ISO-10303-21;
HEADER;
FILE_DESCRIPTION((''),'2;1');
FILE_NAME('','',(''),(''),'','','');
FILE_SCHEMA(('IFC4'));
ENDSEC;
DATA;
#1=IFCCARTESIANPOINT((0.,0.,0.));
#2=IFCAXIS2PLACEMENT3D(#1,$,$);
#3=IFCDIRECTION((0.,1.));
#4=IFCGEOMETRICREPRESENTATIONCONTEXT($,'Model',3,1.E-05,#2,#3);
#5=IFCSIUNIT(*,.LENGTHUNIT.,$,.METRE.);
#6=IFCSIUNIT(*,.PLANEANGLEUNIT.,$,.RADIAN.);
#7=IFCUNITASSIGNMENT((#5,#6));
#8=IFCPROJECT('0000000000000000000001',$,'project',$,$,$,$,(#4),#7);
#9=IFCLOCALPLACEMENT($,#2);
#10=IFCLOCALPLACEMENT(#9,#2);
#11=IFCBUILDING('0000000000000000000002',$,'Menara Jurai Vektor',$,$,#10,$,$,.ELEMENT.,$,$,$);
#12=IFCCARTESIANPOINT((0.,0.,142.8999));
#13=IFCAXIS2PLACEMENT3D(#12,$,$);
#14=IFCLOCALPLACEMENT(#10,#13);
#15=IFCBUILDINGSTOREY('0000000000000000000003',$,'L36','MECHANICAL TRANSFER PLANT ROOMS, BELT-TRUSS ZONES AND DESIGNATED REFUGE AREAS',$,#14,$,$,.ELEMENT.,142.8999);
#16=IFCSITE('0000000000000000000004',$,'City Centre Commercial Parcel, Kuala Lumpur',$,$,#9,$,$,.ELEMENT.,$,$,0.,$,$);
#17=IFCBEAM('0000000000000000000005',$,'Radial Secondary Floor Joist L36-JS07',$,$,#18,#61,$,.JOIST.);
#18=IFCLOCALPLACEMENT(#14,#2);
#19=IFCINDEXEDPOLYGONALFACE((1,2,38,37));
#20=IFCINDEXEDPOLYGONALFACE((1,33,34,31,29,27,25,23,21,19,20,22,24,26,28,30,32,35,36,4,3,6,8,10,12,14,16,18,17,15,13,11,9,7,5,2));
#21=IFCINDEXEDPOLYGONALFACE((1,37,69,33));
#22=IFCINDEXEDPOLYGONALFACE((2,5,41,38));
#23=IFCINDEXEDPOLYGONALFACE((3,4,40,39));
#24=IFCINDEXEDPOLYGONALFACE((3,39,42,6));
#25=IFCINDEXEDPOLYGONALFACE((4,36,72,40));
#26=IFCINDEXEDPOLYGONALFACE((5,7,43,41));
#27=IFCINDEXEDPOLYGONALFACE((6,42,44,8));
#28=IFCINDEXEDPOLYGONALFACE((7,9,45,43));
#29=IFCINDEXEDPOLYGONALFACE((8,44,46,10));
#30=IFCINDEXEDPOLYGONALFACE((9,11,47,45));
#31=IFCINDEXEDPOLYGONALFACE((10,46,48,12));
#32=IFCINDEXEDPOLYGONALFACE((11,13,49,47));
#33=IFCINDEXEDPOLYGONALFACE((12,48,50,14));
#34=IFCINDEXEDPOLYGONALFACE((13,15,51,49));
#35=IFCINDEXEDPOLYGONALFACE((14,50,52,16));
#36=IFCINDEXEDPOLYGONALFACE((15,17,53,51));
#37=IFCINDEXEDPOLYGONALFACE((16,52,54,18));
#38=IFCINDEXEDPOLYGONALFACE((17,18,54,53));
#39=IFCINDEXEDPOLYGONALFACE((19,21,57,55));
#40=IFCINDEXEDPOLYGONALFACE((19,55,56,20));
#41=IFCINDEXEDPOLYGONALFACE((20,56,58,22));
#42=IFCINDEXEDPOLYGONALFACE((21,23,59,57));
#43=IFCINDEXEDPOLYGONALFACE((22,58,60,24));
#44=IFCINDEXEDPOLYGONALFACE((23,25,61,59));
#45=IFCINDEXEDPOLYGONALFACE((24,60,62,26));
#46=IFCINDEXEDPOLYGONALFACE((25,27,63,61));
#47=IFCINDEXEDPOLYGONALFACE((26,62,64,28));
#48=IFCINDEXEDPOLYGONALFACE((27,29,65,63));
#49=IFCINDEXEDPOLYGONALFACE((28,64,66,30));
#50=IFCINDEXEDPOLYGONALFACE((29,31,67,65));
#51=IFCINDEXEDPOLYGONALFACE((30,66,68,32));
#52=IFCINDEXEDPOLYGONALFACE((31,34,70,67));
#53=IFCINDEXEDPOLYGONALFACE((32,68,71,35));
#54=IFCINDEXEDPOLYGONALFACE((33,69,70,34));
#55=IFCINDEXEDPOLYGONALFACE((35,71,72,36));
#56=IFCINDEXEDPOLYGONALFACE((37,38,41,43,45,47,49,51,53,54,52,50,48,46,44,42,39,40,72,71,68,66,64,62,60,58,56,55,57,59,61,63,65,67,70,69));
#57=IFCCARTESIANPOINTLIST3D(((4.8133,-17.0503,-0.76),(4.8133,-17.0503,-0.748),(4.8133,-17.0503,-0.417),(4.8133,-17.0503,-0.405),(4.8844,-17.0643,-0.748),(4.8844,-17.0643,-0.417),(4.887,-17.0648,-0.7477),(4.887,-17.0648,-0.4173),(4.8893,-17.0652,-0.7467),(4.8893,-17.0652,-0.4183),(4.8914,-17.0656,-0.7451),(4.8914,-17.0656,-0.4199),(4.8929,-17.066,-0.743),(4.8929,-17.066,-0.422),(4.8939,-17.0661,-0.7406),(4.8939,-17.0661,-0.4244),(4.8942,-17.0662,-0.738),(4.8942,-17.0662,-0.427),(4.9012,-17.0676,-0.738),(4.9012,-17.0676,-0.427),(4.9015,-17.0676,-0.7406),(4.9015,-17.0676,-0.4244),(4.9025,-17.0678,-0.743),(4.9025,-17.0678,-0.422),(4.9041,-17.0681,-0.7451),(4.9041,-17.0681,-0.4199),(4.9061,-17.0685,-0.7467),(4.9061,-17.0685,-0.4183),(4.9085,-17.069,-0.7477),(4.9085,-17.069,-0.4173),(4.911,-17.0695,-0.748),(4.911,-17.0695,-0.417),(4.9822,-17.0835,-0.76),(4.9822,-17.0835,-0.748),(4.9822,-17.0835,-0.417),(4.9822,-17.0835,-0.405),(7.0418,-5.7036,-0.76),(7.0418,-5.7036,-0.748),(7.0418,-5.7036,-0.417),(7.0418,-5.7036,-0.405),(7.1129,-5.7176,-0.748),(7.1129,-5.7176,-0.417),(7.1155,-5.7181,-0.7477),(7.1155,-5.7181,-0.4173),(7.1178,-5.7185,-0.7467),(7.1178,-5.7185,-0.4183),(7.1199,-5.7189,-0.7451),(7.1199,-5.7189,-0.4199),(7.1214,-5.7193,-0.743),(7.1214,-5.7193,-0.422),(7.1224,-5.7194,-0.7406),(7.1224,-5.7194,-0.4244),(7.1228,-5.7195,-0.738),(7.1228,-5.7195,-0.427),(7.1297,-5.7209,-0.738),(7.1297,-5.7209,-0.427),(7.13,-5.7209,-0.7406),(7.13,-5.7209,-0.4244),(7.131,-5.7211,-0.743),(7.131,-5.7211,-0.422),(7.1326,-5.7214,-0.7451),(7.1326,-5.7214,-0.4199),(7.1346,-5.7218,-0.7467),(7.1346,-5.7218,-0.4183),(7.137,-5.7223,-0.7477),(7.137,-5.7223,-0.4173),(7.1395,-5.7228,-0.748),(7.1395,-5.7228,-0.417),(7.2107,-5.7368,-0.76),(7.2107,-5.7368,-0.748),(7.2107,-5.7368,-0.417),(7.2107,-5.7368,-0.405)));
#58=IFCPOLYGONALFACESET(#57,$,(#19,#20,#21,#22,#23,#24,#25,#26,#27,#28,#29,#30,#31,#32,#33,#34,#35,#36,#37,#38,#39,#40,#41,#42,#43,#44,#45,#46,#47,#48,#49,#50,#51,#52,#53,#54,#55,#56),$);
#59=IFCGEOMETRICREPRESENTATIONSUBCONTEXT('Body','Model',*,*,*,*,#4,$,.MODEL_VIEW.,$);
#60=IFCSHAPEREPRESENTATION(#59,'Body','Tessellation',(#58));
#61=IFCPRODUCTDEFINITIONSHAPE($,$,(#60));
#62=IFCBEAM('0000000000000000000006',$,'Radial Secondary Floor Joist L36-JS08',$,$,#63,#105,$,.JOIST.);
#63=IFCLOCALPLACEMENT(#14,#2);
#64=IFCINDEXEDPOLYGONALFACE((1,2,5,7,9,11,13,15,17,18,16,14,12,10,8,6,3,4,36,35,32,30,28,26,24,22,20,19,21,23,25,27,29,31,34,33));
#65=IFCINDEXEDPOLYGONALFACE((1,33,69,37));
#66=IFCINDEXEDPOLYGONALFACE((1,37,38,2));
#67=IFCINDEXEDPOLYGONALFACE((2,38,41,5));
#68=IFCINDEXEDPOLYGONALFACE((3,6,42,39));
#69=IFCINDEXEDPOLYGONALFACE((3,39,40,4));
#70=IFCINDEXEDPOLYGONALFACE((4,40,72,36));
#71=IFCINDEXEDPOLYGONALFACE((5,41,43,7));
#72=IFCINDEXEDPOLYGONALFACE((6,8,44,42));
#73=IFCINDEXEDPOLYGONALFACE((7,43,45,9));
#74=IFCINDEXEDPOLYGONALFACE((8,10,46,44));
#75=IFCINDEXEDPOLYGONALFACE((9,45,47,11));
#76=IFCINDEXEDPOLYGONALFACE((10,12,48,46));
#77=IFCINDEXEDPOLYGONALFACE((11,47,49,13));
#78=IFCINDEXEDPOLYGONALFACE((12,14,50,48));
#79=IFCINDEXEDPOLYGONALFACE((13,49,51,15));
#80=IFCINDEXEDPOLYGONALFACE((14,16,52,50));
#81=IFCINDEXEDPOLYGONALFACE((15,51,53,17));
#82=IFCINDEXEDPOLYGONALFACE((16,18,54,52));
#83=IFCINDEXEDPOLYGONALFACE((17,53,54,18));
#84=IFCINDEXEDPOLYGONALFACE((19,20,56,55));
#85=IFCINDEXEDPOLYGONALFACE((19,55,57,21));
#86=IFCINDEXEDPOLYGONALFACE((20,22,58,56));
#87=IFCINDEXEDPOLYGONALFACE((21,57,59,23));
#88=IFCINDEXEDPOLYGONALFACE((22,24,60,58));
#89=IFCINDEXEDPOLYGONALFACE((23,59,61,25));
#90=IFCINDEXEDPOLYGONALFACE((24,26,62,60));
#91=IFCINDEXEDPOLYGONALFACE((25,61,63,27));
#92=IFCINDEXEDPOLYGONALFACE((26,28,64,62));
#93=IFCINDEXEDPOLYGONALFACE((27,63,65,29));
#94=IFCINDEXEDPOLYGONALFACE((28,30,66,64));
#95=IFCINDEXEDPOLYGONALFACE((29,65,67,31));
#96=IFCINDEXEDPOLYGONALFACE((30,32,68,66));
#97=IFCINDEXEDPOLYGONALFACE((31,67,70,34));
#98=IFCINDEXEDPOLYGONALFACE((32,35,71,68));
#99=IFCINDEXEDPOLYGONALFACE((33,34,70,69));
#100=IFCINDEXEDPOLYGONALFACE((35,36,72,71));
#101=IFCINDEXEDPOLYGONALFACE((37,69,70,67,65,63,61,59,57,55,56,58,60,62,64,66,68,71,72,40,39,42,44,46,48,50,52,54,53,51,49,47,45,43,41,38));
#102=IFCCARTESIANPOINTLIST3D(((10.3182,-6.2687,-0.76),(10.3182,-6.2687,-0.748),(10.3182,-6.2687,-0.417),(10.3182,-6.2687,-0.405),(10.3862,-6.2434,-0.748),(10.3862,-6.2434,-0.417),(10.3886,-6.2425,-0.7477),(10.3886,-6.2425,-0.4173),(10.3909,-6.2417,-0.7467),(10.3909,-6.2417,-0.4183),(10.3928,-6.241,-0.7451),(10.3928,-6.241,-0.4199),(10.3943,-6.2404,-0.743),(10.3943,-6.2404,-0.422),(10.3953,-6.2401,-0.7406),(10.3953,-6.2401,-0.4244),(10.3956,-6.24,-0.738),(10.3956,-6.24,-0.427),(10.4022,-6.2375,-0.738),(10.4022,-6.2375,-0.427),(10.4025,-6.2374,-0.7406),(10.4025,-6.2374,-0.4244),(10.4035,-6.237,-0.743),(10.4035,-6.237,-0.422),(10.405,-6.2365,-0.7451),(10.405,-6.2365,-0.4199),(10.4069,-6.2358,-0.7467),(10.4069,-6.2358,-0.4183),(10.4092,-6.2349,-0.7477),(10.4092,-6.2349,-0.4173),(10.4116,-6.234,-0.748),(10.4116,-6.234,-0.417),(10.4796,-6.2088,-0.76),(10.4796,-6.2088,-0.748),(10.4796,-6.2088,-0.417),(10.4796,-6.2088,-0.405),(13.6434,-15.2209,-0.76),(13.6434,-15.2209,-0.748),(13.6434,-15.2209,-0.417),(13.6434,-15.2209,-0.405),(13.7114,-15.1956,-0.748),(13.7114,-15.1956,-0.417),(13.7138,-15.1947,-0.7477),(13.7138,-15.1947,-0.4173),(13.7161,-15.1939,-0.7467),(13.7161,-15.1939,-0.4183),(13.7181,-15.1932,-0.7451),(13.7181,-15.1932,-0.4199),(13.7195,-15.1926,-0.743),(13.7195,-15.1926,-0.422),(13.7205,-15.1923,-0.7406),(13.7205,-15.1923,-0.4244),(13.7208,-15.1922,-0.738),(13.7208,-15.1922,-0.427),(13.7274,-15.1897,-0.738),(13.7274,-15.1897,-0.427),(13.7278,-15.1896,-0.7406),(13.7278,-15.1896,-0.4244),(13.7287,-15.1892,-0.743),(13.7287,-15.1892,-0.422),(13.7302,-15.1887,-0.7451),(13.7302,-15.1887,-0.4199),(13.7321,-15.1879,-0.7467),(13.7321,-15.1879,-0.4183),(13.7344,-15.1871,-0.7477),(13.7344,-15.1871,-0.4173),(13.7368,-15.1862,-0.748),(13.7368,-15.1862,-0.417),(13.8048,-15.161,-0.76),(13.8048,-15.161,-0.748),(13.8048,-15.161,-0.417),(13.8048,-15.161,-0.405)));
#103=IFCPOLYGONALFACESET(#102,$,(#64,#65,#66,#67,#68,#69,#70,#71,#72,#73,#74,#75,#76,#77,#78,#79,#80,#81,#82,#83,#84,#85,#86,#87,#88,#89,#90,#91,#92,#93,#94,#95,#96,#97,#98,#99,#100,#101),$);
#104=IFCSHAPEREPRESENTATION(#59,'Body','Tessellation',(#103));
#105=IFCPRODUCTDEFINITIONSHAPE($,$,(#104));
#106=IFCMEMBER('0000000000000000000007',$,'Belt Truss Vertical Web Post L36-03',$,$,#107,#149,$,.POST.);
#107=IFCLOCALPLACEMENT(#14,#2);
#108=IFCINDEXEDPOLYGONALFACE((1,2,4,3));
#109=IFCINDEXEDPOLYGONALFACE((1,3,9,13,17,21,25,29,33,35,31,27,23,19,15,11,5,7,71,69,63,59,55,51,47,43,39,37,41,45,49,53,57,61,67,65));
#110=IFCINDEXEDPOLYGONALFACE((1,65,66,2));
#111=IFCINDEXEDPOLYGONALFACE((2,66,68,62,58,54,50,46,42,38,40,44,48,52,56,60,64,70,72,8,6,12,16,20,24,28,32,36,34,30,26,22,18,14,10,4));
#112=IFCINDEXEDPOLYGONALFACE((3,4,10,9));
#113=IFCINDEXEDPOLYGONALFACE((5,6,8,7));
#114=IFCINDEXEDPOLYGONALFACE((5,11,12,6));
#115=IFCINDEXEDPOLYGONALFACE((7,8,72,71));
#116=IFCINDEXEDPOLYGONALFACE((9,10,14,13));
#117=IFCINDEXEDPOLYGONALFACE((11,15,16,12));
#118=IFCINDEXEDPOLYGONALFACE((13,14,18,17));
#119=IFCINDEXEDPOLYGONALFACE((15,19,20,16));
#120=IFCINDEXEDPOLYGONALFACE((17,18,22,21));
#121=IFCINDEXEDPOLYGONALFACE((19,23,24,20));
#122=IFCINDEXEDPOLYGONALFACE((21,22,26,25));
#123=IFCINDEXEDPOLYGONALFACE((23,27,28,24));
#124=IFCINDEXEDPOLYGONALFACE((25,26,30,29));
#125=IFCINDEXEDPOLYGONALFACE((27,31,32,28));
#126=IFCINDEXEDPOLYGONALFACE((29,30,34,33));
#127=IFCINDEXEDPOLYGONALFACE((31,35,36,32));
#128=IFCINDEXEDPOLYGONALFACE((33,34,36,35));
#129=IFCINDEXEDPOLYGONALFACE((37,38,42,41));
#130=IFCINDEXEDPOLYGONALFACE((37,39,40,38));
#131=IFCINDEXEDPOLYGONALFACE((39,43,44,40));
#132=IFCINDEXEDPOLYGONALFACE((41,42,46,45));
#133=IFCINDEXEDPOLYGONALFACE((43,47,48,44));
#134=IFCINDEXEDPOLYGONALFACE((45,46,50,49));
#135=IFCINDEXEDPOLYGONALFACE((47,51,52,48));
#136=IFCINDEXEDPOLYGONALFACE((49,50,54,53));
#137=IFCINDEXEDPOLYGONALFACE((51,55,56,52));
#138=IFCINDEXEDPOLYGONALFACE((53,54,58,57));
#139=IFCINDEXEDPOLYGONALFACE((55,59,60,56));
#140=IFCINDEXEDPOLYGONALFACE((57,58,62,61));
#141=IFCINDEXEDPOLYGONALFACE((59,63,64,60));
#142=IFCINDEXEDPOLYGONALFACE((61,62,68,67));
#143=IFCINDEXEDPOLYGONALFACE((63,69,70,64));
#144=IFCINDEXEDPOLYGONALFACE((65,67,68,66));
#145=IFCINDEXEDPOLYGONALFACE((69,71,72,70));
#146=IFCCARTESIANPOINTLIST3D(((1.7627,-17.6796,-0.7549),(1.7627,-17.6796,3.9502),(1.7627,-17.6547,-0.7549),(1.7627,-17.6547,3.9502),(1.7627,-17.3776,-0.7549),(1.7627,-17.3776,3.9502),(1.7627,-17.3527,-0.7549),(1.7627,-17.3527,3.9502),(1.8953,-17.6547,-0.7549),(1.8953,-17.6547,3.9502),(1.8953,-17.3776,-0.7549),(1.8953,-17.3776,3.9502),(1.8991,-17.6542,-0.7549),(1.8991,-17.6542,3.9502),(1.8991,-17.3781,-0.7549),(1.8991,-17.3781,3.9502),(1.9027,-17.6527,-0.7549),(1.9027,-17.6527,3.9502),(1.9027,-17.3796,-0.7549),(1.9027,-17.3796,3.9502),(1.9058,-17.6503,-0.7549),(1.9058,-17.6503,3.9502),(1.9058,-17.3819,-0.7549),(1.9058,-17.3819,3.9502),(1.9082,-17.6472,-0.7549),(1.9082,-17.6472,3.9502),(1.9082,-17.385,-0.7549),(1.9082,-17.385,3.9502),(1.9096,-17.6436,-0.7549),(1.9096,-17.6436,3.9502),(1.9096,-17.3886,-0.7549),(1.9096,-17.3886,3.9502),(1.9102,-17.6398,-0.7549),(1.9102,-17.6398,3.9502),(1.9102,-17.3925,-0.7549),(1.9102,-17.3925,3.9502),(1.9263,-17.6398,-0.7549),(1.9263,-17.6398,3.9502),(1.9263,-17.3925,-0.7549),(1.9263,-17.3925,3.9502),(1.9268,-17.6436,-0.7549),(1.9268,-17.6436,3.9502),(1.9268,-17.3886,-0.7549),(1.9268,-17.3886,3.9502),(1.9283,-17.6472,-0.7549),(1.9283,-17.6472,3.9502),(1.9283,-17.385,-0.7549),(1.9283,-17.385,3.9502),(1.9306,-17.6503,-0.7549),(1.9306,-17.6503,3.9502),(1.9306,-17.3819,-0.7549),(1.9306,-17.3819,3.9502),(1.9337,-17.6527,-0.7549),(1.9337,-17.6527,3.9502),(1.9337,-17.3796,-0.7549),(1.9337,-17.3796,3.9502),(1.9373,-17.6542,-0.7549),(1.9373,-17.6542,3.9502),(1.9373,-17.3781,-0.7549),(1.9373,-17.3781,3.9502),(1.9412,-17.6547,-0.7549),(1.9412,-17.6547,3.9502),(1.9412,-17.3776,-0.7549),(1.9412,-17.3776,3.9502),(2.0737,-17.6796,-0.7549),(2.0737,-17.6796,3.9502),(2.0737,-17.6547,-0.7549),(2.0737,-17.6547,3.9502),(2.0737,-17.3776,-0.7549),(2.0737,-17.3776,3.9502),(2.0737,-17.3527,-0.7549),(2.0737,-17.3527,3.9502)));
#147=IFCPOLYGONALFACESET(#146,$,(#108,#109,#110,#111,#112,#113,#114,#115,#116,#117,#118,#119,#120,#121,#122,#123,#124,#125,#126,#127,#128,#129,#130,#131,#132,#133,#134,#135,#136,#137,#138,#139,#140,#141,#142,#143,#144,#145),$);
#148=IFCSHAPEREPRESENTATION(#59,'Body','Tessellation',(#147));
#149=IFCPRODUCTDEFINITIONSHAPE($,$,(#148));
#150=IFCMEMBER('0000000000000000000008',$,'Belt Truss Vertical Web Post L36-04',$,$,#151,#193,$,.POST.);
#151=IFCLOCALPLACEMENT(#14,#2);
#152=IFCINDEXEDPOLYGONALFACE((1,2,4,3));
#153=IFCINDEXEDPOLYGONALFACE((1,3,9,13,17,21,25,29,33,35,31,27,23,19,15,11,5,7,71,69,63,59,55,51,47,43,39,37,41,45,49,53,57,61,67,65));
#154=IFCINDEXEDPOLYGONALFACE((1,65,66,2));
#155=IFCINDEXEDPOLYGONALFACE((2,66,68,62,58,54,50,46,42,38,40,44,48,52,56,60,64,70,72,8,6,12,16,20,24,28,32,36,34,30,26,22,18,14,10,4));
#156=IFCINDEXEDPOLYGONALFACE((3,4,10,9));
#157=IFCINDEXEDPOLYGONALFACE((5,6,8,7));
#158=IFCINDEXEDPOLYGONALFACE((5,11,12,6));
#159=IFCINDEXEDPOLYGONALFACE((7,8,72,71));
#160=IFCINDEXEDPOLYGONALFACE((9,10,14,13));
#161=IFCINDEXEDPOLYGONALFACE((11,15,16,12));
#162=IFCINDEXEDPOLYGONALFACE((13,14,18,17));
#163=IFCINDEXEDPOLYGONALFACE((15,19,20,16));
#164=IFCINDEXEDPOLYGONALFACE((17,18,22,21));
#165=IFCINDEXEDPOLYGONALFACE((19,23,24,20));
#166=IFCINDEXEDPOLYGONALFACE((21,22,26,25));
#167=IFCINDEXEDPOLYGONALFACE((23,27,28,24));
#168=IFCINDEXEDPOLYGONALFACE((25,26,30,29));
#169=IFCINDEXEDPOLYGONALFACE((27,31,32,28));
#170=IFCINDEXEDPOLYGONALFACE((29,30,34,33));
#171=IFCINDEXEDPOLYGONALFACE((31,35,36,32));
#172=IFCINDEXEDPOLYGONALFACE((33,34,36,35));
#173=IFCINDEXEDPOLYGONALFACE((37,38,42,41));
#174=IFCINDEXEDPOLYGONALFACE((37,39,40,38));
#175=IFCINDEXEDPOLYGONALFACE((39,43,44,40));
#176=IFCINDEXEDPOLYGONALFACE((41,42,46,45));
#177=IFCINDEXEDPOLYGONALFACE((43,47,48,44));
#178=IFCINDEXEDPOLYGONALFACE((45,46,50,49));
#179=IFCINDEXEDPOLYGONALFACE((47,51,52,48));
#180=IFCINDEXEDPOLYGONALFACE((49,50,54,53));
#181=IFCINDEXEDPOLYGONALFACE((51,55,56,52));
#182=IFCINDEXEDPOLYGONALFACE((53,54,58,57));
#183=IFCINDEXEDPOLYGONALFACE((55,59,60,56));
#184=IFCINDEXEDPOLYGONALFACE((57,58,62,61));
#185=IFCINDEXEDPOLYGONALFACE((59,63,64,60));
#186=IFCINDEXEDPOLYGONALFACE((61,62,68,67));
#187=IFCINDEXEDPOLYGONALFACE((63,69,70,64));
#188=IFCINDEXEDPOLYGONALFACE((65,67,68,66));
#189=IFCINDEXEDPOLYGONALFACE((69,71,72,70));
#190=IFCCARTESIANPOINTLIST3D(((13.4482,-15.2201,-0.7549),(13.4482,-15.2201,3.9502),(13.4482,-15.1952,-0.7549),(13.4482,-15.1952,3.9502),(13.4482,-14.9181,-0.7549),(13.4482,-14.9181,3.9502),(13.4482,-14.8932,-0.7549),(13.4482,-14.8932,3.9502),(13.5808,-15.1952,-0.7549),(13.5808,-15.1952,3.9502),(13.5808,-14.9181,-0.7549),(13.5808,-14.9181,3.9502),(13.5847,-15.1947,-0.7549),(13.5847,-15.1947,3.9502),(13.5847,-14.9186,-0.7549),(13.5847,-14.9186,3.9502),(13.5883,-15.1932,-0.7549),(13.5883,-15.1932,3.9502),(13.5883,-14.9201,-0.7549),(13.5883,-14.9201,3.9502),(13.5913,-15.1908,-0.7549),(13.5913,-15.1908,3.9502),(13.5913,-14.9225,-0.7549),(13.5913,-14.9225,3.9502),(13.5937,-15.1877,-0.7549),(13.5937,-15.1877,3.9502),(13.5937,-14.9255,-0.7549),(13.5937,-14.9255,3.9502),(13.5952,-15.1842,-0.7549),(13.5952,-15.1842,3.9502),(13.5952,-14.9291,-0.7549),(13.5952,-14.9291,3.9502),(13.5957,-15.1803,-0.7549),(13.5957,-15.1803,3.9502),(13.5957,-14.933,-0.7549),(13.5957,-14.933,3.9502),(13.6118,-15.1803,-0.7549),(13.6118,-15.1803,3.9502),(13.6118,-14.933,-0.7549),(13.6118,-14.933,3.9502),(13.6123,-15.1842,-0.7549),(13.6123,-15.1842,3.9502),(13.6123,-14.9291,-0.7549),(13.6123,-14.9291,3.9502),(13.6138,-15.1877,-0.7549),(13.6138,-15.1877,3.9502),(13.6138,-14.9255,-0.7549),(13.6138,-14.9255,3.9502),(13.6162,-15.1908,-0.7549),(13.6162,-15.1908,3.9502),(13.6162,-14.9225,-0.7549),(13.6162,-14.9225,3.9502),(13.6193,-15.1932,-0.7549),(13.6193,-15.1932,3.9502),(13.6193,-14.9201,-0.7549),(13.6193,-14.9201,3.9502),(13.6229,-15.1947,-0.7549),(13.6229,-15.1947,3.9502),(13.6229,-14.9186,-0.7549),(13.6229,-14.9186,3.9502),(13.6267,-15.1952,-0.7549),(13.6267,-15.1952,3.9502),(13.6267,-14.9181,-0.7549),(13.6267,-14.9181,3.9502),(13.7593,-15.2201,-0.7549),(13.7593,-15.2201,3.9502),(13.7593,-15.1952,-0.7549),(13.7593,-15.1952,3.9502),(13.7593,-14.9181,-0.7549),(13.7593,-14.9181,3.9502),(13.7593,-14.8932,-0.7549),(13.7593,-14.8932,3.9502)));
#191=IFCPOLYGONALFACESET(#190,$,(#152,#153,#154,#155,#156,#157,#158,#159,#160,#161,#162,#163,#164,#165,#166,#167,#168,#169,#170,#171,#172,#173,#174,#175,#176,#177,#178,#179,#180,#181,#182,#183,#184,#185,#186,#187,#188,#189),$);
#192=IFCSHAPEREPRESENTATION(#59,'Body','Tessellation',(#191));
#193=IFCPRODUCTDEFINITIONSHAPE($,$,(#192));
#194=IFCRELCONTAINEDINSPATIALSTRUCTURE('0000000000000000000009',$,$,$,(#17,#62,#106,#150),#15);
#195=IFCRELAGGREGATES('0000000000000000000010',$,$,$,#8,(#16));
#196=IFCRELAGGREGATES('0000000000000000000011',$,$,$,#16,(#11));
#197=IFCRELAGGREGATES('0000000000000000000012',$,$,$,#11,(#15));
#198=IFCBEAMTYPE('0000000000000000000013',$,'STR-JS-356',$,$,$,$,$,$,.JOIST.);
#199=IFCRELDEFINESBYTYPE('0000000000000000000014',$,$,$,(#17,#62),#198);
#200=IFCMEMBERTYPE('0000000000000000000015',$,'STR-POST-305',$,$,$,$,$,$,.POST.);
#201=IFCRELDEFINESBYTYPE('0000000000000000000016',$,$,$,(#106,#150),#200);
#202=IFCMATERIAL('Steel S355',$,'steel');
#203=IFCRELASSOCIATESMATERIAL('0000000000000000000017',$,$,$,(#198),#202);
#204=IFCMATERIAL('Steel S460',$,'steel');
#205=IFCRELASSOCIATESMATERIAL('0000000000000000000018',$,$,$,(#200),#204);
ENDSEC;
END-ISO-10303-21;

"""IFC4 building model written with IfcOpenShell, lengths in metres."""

from ifc_helpers import new_model, si_unit, direction, frame, origin, origin_2d, place, context, subcontext, project, spatial, i_section, extrude, material, material_profile, profile_set, type_object, element, save


model = new_model("IFC4")

# Units and contexts
model_context = context("Model", 3, precision=1e-05, world=origin(), true_north=direction((0.0, 1.0)))
body_context = subcontext(model_context, "Body", "Model", "MODEL_VIEW")
ifc_project = project(units=[si_unit("LENGTHUNIT", "METRE"), si_unit("PLANEANGLEUNIT", "RADIAN")], contexts=[model_context])

# Site, building, storey
site_placement = place(None, origin())
site = spatial("IfcSite", under=ifc_project, at=site_placement, Name="City Centre Commercial Parcel, Kuala Lumpur", CompositionType="ELEMENT", RefElevation=0.0)
building_placement = place(site_placement, origin())
building = spatial("IfcBuilding", under=site, at=building_placement, Name="Menara Jurai Vektor", CompositionType="ELEMENT")
storey_placement = place(building_placement, frame((0.0, 0.0, 142.8999)))
storey = spatial("IfcBuildingStorey", under=building, at=storey_placement, Name="L36", Description="MECHANICAL TRANSFER PLANT ROOMS, BELT-TRUSS ZONES AND DESIGNATED REFUGE AREAS", CompositionType="ELEMENT", Elevation=142.8999)

# Shared definitions
ifc_material_1 = material(Name="Steel S460", Category="steel")

# Beams
ifc_material_2 = material(Name="Steel S355", Category="steel")
ifc_material_profile_1 = material_profile(ifc_material_2, i_section(OverallWidth=0.1721, OverallDepth=0.355, WebThickness=0.0071, FlangeThickness=0.012, FilletRadius=0.01, at=origin_2d()), Name="UKB 356x171x51")
ifc_profile_set_1 = profile_set([ifc_material_profile_1], Name="Steel S355")
beam_type_1 = type_object("IfcBeamType", Name="STR-JS-356", PredefinedType="JOIST", material=ifc_profile_set_1)
beam_1_placement = place(storey_placement, frame((4.8977, -17.0669, -0.5825), z_axis=(0.192721, 0.981254, 0.0), x_axis=(-0.981254, 0.192721, 0.0)))
element("IfcBeam", 1, at=beam_1_placement, inside=storey, type_object=beam_type_1, Name="Radial Secondary Floor Joist L36-JS07", PredefinedType="JOIST", context=body_context, shape_type="SweptSolid", body=[
    extrude(i_section(OverallWidth=0.1721, OverallDepth=0.355, WebThickness=0.0071, FlangeThickness=0.012, FilletRadius=0.01, at=origin_2d()), origin(), (0.0, 0.0, 1.0), 11.5635),
])
beam_2_placement = place(storey_placement, frame((13.7241, -15.1909, -0.5825), z_axis=(-0.348197, 0.937421, 0.0), x_axis=(-0.937421, -0.348197, 0.0)))
element("IfcBeam", 2, at=beam_2_placement, inside=storey, type_object=beam_type_1, Name="Radial Secondary Floor Joist L36-JS08", PredefinedType="JOIST", context=body_context, shape_type="SweptSolid", body=[
    extrude(i_section(OverallWidth=0.1721, OverallDepth=0.355, WebThickness=0.0071, FlangeThickness=0.012, FilletRadius=0.01, at=origin_2d()), origin(), (0.0, 0.0, 1.0), 9.5498),
])

# Members
ifc_material_profile_2 = material_profile(ifc_material_1, i_section(OverallWidth=0.311, OverallDepth=0.3269, WebThickness=0.0161, FlangeThickness=0.0249, FilletRadius=0.0149, at=origin_2d()), Name="UKC 305x305x158")
ifc_profile_set_2 = profile_set([ifc_material_profile_2], Name="Steel S460")
member_type_1 = type_object("IfcMemberType", Name="STR-POST-305", PredefinedType="POST", material=ifc_profile_set_2)
for number, where, z_axis, x_axis, name in (
    (3, (1.9182, -17.5161, -0.7549), (0.0, 0.0, 1.0), (1.0, 0.0, 0.0), "Belt Truss Vertical Web Post L36-03"),
    (4, (13.6038, -15.0566, -0.7549), (0.0, 0.0, 1.0), (1.0, 0.0, 0.0), "Belt Truss Vertical Web Post L36-04"),
):
    element("IfcMember", number, at=place(storey_placement, frame(where, z_axis=z_axis, x_axis=x_axis)), inside=storey, type_object=member_type_1, Name=name, PredefinedType="POST", context=body_context, shape_type="SweptSolid", body=[
        extrude(i_section(OverallWidth=0.311, OverallDepth=0.3269, WebThickness=0.0161, FlangeThickness=0.0249, FilletRadius=0.0149, at=origin_2d()), origin(), (0.0, 0.0, 1.0), 4.7051),
    ])

save(model, "model.ifc")
